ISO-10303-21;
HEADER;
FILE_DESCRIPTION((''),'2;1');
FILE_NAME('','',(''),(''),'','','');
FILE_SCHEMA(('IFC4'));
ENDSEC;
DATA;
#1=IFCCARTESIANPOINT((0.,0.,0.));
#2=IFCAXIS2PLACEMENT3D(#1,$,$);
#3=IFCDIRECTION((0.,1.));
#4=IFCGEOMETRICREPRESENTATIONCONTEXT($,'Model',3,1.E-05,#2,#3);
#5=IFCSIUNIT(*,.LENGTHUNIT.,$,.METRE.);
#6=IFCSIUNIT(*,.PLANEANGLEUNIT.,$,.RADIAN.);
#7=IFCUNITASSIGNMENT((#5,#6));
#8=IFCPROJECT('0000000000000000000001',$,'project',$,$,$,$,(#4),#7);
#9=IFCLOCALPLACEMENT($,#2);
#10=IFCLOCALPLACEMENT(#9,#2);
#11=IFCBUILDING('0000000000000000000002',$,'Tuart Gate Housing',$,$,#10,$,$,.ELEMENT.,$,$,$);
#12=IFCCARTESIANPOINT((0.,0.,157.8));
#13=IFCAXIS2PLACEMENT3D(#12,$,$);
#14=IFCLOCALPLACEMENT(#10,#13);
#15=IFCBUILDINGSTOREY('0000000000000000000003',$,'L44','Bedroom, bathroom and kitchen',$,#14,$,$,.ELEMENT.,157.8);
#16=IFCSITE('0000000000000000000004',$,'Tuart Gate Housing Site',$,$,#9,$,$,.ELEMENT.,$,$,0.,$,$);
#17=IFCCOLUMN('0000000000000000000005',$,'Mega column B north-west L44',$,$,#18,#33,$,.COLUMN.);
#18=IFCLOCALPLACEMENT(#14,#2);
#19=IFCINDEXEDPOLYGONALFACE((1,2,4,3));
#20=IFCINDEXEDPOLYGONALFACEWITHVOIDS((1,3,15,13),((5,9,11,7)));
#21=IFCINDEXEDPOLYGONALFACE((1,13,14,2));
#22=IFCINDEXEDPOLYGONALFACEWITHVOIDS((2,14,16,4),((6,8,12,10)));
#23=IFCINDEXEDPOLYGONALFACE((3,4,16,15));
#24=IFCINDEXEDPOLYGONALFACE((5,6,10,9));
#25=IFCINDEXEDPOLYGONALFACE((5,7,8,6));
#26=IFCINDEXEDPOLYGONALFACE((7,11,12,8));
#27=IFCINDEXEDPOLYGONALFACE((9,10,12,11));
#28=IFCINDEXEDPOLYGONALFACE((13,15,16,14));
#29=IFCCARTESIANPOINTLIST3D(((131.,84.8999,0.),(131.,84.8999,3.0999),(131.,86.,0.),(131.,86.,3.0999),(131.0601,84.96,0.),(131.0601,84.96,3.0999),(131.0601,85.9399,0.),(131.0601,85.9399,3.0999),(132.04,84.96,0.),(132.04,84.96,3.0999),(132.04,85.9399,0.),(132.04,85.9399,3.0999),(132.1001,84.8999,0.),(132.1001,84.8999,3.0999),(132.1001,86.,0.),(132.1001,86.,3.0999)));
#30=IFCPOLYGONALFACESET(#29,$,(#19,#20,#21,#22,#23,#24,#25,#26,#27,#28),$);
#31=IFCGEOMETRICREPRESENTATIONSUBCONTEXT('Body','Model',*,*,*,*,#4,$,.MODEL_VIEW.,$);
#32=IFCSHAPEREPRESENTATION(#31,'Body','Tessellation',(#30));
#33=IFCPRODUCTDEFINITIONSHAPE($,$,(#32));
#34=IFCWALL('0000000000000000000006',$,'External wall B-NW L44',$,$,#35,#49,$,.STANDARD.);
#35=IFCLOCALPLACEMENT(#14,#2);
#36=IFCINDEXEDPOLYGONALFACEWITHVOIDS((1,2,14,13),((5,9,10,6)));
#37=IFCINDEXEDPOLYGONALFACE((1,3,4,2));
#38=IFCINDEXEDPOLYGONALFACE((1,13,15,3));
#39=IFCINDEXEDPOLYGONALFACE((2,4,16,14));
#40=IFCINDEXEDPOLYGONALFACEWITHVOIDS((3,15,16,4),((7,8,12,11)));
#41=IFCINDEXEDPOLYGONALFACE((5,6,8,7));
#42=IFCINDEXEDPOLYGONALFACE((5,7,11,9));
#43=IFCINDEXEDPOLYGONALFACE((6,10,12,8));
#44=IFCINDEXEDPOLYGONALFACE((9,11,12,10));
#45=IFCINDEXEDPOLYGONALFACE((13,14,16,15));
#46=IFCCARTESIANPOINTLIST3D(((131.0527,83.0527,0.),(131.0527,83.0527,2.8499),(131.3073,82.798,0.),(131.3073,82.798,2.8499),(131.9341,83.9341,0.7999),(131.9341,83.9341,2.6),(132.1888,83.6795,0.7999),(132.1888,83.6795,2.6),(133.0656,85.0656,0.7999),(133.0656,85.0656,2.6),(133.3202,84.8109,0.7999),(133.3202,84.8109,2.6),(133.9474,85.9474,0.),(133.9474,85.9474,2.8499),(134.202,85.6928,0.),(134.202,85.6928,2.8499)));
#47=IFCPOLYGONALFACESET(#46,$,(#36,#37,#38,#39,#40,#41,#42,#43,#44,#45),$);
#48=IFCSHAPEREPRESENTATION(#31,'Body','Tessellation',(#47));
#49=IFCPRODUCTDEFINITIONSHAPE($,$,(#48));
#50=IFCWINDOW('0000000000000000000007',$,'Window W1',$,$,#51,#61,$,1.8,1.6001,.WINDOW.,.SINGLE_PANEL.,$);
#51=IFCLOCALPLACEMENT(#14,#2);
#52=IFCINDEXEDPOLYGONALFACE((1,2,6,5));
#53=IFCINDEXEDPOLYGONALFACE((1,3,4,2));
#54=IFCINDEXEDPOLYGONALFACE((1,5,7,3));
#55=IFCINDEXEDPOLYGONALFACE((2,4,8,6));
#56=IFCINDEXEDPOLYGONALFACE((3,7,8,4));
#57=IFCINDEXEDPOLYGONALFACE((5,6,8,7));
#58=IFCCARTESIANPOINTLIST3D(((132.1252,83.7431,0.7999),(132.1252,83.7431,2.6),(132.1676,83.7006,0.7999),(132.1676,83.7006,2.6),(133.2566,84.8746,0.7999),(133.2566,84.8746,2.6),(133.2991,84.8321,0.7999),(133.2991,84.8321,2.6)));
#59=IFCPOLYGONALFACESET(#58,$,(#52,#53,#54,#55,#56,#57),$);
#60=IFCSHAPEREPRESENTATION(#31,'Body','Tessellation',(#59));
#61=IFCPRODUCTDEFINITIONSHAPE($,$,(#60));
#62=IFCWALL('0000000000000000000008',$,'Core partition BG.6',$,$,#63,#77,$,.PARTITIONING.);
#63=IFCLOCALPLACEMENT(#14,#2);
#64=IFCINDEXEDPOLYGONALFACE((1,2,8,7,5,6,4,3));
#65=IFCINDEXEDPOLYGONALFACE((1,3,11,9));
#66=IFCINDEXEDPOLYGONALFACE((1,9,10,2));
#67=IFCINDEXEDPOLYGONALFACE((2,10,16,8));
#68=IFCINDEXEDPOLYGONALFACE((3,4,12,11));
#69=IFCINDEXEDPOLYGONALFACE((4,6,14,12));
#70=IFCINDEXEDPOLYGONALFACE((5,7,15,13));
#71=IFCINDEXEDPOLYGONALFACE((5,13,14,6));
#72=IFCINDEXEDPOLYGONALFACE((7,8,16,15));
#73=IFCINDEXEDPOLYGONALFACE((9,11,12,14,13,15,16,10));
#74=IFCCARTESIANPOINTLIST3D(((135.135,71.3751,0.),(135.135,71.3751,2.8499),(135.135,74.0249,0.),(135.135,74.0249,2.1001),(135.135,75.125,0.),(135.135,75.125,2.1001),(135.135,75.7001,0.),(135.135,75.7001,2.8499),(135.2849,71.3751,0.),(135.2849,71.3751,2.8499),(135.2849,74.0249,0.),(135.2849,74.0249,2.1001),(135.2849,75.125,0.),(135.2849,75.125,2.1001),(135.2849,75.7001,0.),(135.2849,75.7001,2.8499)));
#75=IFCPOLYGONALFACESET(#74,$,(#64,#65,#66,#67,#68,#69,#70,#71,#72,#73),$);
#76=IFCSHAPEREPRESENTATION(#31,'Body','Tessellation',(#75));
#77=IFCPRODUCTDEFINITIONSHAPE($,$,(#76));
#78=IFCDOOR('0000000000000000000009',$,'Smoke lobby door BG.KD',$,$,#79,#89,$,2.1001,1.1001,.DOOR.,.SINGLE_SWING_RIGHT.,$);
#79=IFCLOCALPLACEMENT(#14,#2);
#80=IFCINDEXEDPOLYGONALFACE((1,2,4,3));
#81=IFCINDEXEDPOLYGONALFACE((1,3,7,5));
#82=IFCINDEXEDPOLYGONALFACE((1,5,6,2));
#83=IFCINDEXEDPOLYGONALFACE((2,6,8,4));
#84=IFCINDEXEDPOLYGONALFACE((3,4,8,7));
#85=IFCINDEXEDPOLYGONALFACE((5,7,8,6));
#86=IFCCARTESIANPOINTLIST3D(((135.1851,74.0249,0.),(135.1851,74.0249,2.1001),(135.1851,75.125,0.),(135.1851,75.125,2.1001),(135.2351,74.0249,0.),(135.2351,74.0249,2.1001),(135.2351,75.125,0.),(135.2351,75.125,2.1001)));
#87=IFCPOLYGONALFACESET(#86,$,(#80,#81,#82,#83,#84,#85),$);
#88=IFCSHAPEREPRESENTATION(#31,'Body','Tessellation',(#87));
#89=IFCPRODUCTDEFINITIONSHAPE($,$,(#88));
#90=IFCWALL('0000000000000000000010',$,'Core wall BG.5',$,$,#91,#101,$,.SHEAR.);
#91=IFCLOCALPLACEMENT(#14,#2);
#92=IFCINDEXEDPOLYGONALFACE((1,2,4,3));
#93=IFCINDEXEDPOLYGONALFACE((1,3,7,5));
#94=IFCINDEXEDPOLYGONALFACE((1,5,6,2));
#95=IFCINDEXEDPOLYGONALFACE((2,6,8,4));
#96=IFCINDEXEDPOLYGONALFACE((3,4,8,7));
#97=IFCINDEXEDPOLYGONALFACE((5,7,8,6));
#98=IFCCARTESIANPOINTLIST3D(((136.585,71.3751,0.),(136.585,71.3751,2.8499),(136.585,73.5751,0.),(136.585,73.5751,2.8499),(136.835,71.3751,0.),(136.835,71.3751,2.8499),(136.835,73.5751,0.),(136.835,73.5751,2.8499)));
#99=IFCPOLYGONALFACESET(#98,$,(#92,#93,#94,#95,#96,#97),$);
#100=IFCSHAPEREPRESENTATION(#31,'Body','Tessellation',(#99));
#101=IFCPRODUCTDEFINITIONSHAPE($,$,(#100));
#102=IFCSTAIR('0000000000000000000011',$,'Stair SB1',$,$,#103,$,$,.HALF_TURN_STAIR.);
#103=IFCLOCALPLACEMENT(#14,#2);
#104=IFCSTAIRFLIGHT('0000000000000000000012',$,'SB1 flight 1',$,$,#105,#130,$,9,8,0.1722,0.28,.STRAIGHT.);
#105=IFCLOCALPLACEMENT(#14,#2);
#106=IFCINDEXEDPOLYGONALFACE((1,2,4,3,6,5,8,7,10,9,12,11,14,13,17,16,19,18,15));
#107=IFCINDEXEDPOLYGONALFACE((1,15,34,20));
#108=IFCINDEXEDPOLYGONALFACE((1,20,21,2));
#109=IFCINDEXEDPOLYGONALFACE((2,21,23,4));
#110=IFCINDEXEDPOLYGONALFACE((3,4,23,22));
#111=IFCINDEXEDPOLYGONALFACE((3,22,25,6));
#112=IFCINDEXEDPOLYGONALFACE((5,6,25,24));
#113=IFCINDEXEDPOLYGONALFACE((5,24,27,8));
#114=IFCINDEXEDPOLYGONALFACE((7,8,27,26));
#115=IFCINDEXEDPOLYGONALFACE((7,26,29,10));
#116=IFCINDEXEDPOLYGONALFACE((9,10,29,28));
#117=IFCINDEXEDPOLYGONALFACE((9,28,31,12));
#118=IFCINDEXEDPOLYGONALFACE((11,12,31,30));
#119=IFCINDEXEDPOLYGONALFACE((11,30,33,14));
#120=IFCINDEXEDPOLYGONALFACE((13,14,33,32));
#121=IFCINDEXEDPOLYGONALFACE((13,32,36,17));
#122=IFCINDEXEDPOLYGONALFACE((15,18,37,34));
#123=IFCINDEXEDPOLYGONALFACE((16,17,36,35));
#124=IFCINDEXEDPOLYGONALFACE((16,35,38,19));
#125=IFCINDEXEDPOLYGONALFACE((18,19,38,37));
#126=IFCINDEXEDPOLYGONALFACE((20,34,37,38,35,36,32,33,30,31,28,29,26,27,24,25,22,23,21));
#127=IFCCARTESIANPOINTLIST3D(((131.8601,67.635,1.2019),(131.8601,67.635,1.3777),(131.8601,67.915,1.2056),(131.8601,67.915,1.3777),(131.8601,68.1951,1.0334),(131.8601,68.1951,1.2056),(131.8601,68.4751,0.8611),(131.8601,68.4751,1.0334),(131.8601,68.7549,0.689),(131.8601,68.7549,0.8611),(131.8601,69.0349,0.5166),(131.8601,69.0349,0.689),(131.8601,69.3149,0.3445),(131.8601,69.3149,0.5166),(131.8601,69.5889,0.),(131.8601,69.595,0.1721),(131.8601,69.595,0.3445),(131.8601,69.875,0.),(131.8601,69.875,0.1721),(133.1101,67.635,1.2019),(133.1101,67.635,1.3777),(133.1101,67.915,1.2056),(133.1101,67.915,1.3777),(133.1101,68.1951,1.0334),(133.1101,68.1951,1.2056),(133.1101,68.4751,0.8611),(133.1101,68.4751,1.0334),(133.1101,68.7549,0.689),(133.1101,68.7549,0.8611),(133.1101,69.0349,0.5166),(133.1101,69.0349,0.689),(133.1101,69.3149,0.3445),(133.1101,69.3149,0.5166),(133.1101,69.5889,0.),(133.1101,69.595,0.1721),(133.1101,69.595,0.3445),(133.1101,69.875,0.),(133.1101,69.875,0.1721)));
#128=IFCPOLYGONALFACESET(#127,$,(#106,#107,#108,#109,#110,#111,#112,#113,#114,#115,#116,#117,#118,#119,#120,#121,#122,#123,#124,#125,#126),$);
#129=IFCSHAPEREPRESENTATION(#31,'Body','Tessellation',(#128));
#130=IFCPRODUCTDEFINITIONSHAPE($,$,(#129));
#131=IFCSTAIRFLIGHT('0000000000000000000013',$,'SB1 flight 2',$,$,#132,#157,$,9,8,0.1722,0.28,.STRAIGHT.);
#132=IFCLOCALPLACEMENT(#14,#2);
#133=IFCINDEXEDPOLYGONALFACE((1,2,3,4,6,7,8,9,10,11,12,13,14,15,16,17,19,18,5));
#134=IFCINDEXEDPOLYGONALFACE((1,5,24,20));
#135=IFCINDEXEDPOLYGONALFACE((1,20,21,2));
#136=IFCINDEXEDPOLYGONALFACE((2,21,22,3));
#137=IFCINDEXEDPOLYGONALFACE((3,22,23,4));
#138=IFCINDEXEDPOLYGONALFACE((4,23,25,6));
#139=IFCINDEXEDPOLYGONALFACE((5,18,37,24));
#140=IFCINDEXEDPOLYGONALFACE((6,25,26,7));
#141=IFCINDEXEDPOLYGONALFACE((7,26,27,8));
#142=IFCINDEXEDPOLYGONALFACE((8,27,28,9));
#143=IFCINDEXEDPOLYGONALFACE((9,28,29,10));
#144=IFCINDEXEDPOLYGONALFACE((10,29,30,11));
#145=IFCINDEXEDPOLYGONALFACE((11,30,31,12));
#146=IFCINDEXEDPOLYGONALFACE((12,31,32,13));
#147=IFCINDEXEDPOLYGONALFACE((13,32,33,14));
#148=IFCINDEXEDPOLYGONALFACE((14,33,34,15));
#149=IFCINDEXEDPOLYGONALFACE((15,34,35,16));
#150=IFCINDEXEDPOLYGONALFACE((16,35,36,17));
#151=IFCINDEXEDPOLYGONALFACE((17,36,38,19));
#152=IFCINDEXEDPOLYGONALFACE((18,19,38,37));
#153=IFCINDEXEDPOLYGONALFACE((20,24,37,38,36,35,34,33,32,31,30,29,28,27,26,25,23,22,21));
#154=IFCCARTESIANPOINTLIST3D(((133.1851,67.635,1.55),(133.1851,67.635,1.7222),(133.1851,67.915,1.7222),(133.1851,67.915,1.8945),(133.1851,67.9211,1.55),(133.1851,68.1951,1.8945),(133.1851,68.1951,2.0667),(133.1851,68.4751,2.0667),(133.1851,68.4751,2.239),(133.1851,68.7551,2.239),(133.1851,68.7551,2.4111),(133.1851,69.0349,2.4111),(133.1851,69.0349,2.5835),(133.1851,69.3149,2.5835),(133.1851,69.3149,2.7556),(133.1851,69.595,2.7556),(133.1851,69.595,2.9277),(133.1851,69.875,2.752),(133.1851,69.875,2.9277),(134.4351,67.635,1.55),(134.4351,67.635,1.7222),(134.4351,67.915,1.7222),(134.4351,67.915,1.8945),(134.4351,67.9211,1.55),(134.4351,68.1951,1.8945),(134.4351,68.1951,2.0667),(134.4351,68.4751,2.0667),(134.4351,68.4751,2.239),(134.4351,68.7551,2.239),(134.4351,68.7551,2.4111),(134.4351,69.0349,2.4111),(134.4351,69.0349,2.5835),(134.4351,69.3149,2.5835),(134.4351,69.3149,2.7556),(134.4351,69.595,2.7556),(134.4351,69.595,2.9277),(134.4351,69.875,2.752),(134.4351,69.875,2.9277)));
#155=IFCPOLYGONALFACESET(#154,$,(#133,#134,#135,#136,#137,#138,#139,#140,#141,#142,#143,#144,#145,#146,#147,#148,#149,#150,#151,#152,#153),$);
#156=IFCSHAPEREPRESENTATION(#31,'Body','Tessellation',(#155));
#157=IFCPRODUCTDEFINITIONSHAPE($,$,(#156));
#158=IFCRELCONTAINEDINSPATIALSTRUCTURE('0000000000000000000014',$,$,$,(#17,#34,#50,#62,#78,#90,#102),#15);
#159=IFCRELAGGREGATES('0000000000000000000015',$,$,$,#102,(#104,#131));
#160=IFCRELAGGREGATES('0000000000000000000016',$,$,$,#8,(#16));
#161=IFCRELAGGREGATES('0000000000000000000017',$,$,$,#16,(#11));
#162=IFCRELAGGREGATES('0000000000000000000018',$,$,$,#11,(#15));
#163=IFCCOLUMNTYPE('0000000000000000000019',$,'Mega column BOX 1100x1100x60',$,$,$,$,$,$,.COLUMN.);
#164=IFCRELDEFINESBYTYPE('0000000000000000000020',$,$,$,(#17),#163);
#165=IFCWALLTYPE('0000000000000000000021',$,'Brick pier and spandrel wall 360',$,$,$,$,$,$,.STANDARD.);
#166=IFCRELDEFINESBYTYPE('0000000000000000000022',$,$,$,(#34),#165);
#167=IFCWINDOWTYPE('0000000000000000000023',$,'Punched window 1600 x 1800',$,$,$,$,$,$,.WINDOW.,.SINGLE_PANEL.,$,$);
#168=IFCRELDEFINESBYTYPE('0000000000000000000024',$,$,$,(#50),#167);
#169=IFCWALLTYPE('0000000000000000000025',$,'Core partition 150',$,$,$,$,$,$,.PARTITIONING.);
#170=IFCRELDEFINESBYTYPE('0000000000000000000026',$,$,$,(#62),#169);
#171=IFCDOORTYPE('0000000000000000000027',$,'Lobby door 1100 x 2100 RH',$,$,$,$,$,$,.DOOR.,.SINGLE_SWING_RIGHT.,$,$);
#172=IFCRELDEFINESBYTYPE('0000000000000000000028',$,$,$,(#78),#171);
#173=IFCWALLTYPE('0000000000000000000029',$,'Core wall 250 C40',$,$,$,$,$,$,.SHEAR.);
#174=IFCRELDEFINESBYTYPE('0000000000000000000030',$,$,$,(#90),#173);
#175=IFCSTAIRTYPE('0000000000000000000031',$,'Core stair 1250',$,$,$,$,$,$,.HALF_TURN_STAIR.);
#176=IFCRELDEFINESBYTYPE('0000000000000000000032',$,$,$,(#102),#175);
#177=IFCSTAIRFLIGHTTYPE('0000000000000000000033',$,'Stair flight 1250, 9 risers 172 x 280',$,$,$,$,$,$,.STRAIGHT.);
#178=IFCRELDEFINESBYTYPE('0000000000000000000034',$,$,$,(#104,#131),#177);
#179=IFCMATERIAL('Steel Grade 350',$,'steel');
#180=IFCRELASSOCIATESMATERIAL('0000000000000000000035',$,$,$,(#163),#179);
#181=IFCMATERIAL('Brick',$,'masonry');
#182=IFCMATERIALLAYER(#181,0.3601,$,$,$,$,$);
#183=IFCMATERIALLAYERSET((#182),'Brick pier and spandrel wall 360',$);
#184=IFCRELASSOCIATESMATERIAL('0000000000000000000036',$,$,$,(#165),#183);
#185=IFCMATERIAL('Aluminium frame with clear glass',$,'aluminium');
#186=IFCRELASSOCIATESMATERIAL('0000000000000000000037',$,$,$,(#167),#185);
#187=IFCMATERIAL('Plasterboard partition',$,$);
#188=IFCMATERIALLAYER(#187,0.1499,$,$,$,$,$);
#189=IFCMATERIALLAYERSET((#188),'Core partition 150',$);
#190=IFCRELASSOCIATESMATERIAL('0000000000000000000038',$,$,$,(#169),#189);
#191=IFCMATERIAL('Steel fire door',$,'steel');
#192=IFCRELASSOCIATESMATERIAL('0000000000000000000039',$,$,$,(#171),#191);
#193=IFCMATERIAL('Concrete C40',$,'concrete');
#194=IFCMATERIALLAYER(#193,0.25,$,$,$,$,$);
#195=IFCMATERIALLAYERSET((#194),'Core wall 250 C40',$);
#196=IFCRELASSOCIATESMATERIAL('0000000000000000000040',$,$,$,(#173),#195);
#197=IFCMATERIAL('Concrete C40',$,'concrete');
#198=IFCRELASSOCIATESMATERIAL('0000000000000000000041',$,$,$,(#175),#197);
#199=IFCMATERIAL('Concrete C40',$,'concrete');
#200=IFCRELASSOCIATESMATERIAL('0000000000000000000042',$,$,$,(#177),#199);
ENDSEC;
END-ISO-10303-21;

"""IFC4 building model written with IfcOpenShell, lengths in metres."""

from ifc_helpers import new_model, si_unit, direction, frame, frame_2d, origin, origin_2d, place, context, subcontext, project, spatial, polyline, rectangle, hollow_rectangle, outline, extrude, material, layer, layer_set, material_profile, profile_set, type_object, element, fill, aggregate, save


model = new_model("IFC4")

# Units and contexts
model_context = context("Model", 3, precision=1e-05, world=origin(), true_north=direction((0.0, 1.0)))
body_context = subcontext(model_context, "Body", "Model", "MODEL_VIEW")
ifc_project = project(units=[si_unit("LENGTHUNIT", "METRE"), si_unit("PLANEANGLEUNIT", "RADIAN")], contexts=[model_context])

# Site, building, storey
site_placement = place(None, origin())
site = spatial("IfcSite", under=ifc_project, at=site_placement, Name="Tuart Gate Housing Site", CompositionType="ELEMENT", RefElevation=0.0)
building_placement = place(site_placement, origin())
building = spatial("IfcBuilding", under=site, at=building_placement, Name="Tuart Gate Housing", CompositionType="ELEMENT")
storey_placement = place(building_placement, frame((0.0, 0.0, 157.8)))
storey = spatial("IfcBuildingStorey", under=building, at=storey_placement, Name="L44", Description="Bedroom, bathroom and kitchen", CompositionType="ELEMENT", Elevation=157.8)

# Column
ifc_material_1 = material(Name="Steel Grade 350", Category="steel")
ifc_material_profile = material_profile(ifc_material_1, hollow_rectangle(XDim=1.1001, YDim=1.1001, WallThickness=0.0601, at=origin_2d()), Name="BOX 1100x1100x60")
ifc_profile_set = profile_set([ifc_material_profile], Name="Steel Grade 350")
column_type = type_object("IfcColumnType", Name="Mega column BOX 1100x1100x60", PredefinedType="COLUMN", material=ifc_profile_set)
column_placement = place(storey_placement, frame((131.55, 85.45, 0.0), z_axis=(0.0, 0.0, 1.0), x_axis=(1.0, 0.0, 0.0)))
element("IfcColumn", 1, at=column_placement, inside=storey, type_object=column_type, Name="Mega column B north-west L44", PredefinedType="COLUMN", context=body_context, shape_type="SweptSolid", body=[
    extrude(hollow_rectangle(XDim=1.1001, YDim=1.1001, WallThickness=0.0601, at=origin_2d()), origin(), (0.0, 0.0, 1.0), 3.0999),
])

# Wall, opening, window
ifc_material_2 = material(Name="Brick", Category="masonry")
ifc_layer_1 = layer(ifc_material_2, 0.3601)
ifc_layer_set_1 = layer_set([ifc_layer_1], Name="Brick pier and spandrel wall 360")
wall_type_1 = type_object("IfcWallType", Name="Brick pier and spandrel wall 360", PredefinedType="STANDARD", material=ifc_layer_set_1)
wall_1_placement = place(storey_placement, frame((134.0747, 85.8201, 0.0), z_axis=(0.0, 0.0, 1.0), x_axis=(-0.707107, -0.707107, 0.0)))
wall_1 = element("IfcWall", 2, at=wall_1_placement, inside=storey, type_object=wall_type_1, Name="External wall B-NW L44", PredefinedType="STANDARD", context=body_context, shape_type="SweptSolid", body=[
    extrude(rectangle(XDim=4.0938, YDim=0.3601, at=frame_2d((2.0469, 0.0))), origin(), (0.0, 0.0, 1.0), 2.8499),
])
opening_1_placement = place(wall_1_placement, frame((1.2471, 0.0, 0.8)))
opening_1 = element("IfcOpeningElement", 3, at=opening_1_placement, cuts=wall_1, PredefinedType="OPENING", context=body_context, shape_type="SweptSolid", body=[
    extrude(rectangle(XDim=1.6001, YDim=1.8, at=frame_2d((0.8, 0.8999))), frame((0.0, 0.1899, 0.0), z_axis=(0.0, -1.0, 0.0), x_axis=(1.0, 0.0, 0.0)), (0.0, 0.0, 1.0), 0.3801),
])
ifc_material_3 = material(Name="Aluminium frame with clear glass", Category="aluminium")
window_type = type_object("IfcWindowType", Name="Punched window 1600 x 1800", PartitioningType="SINGLE_PANEL", PredefinedType="WINDOW", material=ifc_material_3)
window_placement = place(opening_1_placement, origin())
window = element("IfcWindow", 4, at=window_placement, inside=storey, type_object=window_type, Name="Window W1", OverallHeight=1.8, OverallWidth=1.6001, PartitioningType="SINGLE_PANEL", PredefinedType="WINDOW", context=body_context, shape_type="SweptSolid", body=[
    extrude(rectangle(XDim=1.6001, YDim=1.8, at=frame_2d((0.8, 0.8999))), frame((0.0, 0.1501, 0.0), z_axis=(0.0, -1.0, 0.0), x_axis=(1.0, 0.0, 0.0)), (0.0, 0.0, 1.0), 0.0601),
])
fill(opening_1, window)

# Wall, opening, door
ifc_material_4 = material(Name="Plasterboard partition")
ifc_layer_2 = layer(ifc_material_4, 0.1499)
ifc_layer_set_2 = layer_set([ifc_layer_2], Name="Core partition 150")
wall_type_2 = type_object("IfcWallType", Name="Core partition 150", PredefinedType="PARTITIONING", material=ifc_layer_set_2)
wall_2_placement = place(storey_placement, frame((135.21, 71.375, 0.0), z_axis=(0.0, 0.0, 1.0), x_axis=(0.0, 1.0, 0.0)))
wall_2 = element("IfcWall", 5, at=wall_2_placement, inside=storey, type_object=wall_type_2, Name="Core partition BG.6", PredefinedType="PARTITIONING", context=body_context, shape_type="SweptSolid", body=[
    extrude(rectangle(XDim=4.325, YDim=0.1499, at=frame_2d((2.1626, 0.0))), origin(), (0.0, 0.0, 1.0), 2.8499),
])
opening_2_placement = place(wall_2_placement, frame((2.6499, 0.0, 0.0)))
opening_2 = element("IfcOpeningElement", 6, at=opening_2_placement, cuts=wall_2, PredefinedType="OPENING", context=body_context, shape_type="SweptSolid", body=[
    extrude(rectangle(XDim=1.1001, YDim=2.1001, at=frame_2d((0.55, 1.05))), frame((0.0, 0.085, 0.0), z_axis=(0.0, -1.0, 0.0), x_axis=(1.0, 0.0, 0.0)), (0.0, 0.0, 1.0), 0.1699),
])
ifc_material_5 = material(Name="Steel fire door", Category="steel")
door_type = type_object("IfcDoorType", Name="Lobby door 1100 x 2100 RH", OperationType="SINGLE_SWING_RIGHT", PredefinedType="DOOR", material=ifc_material_5)
door_placement = place(opening_2_placement, origin())
door = element("IfcDoor", 7, at=door_placement, inside=storey, type_object=door_type, Name="Smoke lobby door BG.KD", OperationType="SINGLE_SWING_RIGHT", OverallHeight=2.1001, OverallWidth=1.1001, PredefinedType="DOOR", context=body_context, shape_type="SweptSolid", body=[
    extrude(rectangle(XDim=1.1001, YDim=2.1001, at=frame_2d((0.55, 1.05))), frame((0.0, 0.0249, 0.0), z_axis=(0.0, -1.0, 0.0), x_axis=(1.0, 0.0, 0.0)), (0.0, 0.0, 1.0), 0.05),
])
fill(opening_2, door)

# Wall
ifc_material_6 = material(Name="Concrete C40", Category="concrete")
ifc_layer_3 = layer(ifc_material_6, 0.25)
ifc_layer_set_3 = layer_set([ifc_layer_3], Name="Core wall 250 C40")
wall_type_3 = type_object("IfcWallType", Name="Core wall 250 C40", PredefinedType="SHEAR", material=ifc_layer_set_3)
wall_3_placement = place(storey_placement, frame((136.71, 71.375, 0.0), z_axis=(0.0, 0.0, 1.0), x_axis=(0.0, 1.0, 0.0)))
element("IfcWall", 8, at=wall_3_placement, inside=storey, type_object=wall_type_3, Name="Core wall BG.5", PredefinedType="SHEAR", context=body_context, shape_type="SweptSolid", body=[
    extrude(rectangle(XDim=2.2, YDim=0.25, at=frame_2d((1.1001, 0.0))), origin(), (0.0, 0.0, 1.0), 2.8499),
])

# Stair, stair flights
ifc_material_7 = material(Name="Concrete C40", Category="concrete")
stair_type = type_object("IfcStairType", Name="Core stair 1250", PredefinedType="HALF_TURN_STAIR", material=ifc_material_7)
stair_placement = place(storey_placement, origin())
stair = element("IfcStair", 9, at=stair_placement, inside=storey, type_object=stair_type, Name="Stair SB1", PredefinedType="HALF_TURN_STAIR")
ifc_material_8 = material(Name="Concrete C40", Category="concrete")
stair_flight_type = type_object("IfcStairFlightType", Name="Stair flight 1250, 9 risers 172 x 280", PredefinedType="STRAIGHT", material=ifc_material_8)
stair_flight_1_placement = place(storey_placement, frame((132.4851, 69.875, 0.0), z_axis=(0.0, 0.0, 1.0), x_axis=(0.0, -1.0, 0.0)))
stair_flight_1 = element("IfcStairFlight", 10, at=stair_flight_1_placement, type_object=stair_flight_type, Name="SB1 flight 1", NumberOfRisers=9, NumberOfTreads=8, PredefinedType="STRAIGHT", RiserHeight=0.1722, TreadLength=0.28, context=body_context, shape_type="SweptSolid", body=[
    extrude(outline(polyline([(0.0, 0.0), (0.0, 0.1721), (0.28, 0.1721), (0.28, 0.3445), (0.5601, 0.3445), (0.5601, 0.5166), (0.8401, 0.5166), (0.8401, 0.689), (1.1201, 0.689), (1.1201, 0.8611), (1.3999, 0.8611), (1.3999, 1.0334), (1.6799, 1.0334), (1.6799, 1.2056), (1.96, 1.2056), (1.96, 1.3777), (2.24, 1.3777), (2.24, 1.55), (2.24, 1.2019), (0.2861, 0.0), (0.0, 0.0)])), frame((0.0, 0.625, 0.0), z_axis=(0.0, -1.0, 0.0), x_axis=(1.0, 0.0, 0.0)), (0.0, 0.0, 1.0), 1.25),
])
stair_flight_2_placement = place(storey_placement, frame((133.8101, 67.635, 1.55), z_axis=(0.0, 0.0, 1.0), x_axis=(0.0, 1.0, 0.0)))
stair_flight_2 = element("IfcStairFlight", 11, at=stair_flight_2_placement, type_object=stair_flight_type, Name="SB1 flight 2", NumberOfRisers=9, NumberOfTreads=8, PredefinedType="STRAIGHT", RiserHeight=0.1722, TreadLength=0.28, context=body_context, shape_type="SweptSolid", body=[
    extrude(outline(polyline([(0.0, 0.0), (0.0, 0.1721), (0.28, 0.1721), (0.28, 0.3445), (0.5601, 0.3445), (0.5601, 0.5166), (0.8401, 0.5166), (0.8401, 0.689), (1.1201, 0.689), (1.1201, 0.8611), (1.3999, 0.8611), (1.3999, 1.0334), (1.6799, 1.0334), (1.6799, 1.2056), (1.96, 1.2056), (1.96, 1.3777), (2.24, 1.3777), (2.24, 1.55), (2.24, 1.2019), (0.2861, 0.0), (0.0, 0.0)])), frame((0.0, 0.625, 0.0), z_axis=(0.0, -1.0, 0.0), x_axis=(1.0, 0.0, 0.0)), (0.0, 0.0, 1.0), 1.25),
])
aggregate(stair, [stair_flight_1, stair_flight_2])

save(model, "model.ifc")
